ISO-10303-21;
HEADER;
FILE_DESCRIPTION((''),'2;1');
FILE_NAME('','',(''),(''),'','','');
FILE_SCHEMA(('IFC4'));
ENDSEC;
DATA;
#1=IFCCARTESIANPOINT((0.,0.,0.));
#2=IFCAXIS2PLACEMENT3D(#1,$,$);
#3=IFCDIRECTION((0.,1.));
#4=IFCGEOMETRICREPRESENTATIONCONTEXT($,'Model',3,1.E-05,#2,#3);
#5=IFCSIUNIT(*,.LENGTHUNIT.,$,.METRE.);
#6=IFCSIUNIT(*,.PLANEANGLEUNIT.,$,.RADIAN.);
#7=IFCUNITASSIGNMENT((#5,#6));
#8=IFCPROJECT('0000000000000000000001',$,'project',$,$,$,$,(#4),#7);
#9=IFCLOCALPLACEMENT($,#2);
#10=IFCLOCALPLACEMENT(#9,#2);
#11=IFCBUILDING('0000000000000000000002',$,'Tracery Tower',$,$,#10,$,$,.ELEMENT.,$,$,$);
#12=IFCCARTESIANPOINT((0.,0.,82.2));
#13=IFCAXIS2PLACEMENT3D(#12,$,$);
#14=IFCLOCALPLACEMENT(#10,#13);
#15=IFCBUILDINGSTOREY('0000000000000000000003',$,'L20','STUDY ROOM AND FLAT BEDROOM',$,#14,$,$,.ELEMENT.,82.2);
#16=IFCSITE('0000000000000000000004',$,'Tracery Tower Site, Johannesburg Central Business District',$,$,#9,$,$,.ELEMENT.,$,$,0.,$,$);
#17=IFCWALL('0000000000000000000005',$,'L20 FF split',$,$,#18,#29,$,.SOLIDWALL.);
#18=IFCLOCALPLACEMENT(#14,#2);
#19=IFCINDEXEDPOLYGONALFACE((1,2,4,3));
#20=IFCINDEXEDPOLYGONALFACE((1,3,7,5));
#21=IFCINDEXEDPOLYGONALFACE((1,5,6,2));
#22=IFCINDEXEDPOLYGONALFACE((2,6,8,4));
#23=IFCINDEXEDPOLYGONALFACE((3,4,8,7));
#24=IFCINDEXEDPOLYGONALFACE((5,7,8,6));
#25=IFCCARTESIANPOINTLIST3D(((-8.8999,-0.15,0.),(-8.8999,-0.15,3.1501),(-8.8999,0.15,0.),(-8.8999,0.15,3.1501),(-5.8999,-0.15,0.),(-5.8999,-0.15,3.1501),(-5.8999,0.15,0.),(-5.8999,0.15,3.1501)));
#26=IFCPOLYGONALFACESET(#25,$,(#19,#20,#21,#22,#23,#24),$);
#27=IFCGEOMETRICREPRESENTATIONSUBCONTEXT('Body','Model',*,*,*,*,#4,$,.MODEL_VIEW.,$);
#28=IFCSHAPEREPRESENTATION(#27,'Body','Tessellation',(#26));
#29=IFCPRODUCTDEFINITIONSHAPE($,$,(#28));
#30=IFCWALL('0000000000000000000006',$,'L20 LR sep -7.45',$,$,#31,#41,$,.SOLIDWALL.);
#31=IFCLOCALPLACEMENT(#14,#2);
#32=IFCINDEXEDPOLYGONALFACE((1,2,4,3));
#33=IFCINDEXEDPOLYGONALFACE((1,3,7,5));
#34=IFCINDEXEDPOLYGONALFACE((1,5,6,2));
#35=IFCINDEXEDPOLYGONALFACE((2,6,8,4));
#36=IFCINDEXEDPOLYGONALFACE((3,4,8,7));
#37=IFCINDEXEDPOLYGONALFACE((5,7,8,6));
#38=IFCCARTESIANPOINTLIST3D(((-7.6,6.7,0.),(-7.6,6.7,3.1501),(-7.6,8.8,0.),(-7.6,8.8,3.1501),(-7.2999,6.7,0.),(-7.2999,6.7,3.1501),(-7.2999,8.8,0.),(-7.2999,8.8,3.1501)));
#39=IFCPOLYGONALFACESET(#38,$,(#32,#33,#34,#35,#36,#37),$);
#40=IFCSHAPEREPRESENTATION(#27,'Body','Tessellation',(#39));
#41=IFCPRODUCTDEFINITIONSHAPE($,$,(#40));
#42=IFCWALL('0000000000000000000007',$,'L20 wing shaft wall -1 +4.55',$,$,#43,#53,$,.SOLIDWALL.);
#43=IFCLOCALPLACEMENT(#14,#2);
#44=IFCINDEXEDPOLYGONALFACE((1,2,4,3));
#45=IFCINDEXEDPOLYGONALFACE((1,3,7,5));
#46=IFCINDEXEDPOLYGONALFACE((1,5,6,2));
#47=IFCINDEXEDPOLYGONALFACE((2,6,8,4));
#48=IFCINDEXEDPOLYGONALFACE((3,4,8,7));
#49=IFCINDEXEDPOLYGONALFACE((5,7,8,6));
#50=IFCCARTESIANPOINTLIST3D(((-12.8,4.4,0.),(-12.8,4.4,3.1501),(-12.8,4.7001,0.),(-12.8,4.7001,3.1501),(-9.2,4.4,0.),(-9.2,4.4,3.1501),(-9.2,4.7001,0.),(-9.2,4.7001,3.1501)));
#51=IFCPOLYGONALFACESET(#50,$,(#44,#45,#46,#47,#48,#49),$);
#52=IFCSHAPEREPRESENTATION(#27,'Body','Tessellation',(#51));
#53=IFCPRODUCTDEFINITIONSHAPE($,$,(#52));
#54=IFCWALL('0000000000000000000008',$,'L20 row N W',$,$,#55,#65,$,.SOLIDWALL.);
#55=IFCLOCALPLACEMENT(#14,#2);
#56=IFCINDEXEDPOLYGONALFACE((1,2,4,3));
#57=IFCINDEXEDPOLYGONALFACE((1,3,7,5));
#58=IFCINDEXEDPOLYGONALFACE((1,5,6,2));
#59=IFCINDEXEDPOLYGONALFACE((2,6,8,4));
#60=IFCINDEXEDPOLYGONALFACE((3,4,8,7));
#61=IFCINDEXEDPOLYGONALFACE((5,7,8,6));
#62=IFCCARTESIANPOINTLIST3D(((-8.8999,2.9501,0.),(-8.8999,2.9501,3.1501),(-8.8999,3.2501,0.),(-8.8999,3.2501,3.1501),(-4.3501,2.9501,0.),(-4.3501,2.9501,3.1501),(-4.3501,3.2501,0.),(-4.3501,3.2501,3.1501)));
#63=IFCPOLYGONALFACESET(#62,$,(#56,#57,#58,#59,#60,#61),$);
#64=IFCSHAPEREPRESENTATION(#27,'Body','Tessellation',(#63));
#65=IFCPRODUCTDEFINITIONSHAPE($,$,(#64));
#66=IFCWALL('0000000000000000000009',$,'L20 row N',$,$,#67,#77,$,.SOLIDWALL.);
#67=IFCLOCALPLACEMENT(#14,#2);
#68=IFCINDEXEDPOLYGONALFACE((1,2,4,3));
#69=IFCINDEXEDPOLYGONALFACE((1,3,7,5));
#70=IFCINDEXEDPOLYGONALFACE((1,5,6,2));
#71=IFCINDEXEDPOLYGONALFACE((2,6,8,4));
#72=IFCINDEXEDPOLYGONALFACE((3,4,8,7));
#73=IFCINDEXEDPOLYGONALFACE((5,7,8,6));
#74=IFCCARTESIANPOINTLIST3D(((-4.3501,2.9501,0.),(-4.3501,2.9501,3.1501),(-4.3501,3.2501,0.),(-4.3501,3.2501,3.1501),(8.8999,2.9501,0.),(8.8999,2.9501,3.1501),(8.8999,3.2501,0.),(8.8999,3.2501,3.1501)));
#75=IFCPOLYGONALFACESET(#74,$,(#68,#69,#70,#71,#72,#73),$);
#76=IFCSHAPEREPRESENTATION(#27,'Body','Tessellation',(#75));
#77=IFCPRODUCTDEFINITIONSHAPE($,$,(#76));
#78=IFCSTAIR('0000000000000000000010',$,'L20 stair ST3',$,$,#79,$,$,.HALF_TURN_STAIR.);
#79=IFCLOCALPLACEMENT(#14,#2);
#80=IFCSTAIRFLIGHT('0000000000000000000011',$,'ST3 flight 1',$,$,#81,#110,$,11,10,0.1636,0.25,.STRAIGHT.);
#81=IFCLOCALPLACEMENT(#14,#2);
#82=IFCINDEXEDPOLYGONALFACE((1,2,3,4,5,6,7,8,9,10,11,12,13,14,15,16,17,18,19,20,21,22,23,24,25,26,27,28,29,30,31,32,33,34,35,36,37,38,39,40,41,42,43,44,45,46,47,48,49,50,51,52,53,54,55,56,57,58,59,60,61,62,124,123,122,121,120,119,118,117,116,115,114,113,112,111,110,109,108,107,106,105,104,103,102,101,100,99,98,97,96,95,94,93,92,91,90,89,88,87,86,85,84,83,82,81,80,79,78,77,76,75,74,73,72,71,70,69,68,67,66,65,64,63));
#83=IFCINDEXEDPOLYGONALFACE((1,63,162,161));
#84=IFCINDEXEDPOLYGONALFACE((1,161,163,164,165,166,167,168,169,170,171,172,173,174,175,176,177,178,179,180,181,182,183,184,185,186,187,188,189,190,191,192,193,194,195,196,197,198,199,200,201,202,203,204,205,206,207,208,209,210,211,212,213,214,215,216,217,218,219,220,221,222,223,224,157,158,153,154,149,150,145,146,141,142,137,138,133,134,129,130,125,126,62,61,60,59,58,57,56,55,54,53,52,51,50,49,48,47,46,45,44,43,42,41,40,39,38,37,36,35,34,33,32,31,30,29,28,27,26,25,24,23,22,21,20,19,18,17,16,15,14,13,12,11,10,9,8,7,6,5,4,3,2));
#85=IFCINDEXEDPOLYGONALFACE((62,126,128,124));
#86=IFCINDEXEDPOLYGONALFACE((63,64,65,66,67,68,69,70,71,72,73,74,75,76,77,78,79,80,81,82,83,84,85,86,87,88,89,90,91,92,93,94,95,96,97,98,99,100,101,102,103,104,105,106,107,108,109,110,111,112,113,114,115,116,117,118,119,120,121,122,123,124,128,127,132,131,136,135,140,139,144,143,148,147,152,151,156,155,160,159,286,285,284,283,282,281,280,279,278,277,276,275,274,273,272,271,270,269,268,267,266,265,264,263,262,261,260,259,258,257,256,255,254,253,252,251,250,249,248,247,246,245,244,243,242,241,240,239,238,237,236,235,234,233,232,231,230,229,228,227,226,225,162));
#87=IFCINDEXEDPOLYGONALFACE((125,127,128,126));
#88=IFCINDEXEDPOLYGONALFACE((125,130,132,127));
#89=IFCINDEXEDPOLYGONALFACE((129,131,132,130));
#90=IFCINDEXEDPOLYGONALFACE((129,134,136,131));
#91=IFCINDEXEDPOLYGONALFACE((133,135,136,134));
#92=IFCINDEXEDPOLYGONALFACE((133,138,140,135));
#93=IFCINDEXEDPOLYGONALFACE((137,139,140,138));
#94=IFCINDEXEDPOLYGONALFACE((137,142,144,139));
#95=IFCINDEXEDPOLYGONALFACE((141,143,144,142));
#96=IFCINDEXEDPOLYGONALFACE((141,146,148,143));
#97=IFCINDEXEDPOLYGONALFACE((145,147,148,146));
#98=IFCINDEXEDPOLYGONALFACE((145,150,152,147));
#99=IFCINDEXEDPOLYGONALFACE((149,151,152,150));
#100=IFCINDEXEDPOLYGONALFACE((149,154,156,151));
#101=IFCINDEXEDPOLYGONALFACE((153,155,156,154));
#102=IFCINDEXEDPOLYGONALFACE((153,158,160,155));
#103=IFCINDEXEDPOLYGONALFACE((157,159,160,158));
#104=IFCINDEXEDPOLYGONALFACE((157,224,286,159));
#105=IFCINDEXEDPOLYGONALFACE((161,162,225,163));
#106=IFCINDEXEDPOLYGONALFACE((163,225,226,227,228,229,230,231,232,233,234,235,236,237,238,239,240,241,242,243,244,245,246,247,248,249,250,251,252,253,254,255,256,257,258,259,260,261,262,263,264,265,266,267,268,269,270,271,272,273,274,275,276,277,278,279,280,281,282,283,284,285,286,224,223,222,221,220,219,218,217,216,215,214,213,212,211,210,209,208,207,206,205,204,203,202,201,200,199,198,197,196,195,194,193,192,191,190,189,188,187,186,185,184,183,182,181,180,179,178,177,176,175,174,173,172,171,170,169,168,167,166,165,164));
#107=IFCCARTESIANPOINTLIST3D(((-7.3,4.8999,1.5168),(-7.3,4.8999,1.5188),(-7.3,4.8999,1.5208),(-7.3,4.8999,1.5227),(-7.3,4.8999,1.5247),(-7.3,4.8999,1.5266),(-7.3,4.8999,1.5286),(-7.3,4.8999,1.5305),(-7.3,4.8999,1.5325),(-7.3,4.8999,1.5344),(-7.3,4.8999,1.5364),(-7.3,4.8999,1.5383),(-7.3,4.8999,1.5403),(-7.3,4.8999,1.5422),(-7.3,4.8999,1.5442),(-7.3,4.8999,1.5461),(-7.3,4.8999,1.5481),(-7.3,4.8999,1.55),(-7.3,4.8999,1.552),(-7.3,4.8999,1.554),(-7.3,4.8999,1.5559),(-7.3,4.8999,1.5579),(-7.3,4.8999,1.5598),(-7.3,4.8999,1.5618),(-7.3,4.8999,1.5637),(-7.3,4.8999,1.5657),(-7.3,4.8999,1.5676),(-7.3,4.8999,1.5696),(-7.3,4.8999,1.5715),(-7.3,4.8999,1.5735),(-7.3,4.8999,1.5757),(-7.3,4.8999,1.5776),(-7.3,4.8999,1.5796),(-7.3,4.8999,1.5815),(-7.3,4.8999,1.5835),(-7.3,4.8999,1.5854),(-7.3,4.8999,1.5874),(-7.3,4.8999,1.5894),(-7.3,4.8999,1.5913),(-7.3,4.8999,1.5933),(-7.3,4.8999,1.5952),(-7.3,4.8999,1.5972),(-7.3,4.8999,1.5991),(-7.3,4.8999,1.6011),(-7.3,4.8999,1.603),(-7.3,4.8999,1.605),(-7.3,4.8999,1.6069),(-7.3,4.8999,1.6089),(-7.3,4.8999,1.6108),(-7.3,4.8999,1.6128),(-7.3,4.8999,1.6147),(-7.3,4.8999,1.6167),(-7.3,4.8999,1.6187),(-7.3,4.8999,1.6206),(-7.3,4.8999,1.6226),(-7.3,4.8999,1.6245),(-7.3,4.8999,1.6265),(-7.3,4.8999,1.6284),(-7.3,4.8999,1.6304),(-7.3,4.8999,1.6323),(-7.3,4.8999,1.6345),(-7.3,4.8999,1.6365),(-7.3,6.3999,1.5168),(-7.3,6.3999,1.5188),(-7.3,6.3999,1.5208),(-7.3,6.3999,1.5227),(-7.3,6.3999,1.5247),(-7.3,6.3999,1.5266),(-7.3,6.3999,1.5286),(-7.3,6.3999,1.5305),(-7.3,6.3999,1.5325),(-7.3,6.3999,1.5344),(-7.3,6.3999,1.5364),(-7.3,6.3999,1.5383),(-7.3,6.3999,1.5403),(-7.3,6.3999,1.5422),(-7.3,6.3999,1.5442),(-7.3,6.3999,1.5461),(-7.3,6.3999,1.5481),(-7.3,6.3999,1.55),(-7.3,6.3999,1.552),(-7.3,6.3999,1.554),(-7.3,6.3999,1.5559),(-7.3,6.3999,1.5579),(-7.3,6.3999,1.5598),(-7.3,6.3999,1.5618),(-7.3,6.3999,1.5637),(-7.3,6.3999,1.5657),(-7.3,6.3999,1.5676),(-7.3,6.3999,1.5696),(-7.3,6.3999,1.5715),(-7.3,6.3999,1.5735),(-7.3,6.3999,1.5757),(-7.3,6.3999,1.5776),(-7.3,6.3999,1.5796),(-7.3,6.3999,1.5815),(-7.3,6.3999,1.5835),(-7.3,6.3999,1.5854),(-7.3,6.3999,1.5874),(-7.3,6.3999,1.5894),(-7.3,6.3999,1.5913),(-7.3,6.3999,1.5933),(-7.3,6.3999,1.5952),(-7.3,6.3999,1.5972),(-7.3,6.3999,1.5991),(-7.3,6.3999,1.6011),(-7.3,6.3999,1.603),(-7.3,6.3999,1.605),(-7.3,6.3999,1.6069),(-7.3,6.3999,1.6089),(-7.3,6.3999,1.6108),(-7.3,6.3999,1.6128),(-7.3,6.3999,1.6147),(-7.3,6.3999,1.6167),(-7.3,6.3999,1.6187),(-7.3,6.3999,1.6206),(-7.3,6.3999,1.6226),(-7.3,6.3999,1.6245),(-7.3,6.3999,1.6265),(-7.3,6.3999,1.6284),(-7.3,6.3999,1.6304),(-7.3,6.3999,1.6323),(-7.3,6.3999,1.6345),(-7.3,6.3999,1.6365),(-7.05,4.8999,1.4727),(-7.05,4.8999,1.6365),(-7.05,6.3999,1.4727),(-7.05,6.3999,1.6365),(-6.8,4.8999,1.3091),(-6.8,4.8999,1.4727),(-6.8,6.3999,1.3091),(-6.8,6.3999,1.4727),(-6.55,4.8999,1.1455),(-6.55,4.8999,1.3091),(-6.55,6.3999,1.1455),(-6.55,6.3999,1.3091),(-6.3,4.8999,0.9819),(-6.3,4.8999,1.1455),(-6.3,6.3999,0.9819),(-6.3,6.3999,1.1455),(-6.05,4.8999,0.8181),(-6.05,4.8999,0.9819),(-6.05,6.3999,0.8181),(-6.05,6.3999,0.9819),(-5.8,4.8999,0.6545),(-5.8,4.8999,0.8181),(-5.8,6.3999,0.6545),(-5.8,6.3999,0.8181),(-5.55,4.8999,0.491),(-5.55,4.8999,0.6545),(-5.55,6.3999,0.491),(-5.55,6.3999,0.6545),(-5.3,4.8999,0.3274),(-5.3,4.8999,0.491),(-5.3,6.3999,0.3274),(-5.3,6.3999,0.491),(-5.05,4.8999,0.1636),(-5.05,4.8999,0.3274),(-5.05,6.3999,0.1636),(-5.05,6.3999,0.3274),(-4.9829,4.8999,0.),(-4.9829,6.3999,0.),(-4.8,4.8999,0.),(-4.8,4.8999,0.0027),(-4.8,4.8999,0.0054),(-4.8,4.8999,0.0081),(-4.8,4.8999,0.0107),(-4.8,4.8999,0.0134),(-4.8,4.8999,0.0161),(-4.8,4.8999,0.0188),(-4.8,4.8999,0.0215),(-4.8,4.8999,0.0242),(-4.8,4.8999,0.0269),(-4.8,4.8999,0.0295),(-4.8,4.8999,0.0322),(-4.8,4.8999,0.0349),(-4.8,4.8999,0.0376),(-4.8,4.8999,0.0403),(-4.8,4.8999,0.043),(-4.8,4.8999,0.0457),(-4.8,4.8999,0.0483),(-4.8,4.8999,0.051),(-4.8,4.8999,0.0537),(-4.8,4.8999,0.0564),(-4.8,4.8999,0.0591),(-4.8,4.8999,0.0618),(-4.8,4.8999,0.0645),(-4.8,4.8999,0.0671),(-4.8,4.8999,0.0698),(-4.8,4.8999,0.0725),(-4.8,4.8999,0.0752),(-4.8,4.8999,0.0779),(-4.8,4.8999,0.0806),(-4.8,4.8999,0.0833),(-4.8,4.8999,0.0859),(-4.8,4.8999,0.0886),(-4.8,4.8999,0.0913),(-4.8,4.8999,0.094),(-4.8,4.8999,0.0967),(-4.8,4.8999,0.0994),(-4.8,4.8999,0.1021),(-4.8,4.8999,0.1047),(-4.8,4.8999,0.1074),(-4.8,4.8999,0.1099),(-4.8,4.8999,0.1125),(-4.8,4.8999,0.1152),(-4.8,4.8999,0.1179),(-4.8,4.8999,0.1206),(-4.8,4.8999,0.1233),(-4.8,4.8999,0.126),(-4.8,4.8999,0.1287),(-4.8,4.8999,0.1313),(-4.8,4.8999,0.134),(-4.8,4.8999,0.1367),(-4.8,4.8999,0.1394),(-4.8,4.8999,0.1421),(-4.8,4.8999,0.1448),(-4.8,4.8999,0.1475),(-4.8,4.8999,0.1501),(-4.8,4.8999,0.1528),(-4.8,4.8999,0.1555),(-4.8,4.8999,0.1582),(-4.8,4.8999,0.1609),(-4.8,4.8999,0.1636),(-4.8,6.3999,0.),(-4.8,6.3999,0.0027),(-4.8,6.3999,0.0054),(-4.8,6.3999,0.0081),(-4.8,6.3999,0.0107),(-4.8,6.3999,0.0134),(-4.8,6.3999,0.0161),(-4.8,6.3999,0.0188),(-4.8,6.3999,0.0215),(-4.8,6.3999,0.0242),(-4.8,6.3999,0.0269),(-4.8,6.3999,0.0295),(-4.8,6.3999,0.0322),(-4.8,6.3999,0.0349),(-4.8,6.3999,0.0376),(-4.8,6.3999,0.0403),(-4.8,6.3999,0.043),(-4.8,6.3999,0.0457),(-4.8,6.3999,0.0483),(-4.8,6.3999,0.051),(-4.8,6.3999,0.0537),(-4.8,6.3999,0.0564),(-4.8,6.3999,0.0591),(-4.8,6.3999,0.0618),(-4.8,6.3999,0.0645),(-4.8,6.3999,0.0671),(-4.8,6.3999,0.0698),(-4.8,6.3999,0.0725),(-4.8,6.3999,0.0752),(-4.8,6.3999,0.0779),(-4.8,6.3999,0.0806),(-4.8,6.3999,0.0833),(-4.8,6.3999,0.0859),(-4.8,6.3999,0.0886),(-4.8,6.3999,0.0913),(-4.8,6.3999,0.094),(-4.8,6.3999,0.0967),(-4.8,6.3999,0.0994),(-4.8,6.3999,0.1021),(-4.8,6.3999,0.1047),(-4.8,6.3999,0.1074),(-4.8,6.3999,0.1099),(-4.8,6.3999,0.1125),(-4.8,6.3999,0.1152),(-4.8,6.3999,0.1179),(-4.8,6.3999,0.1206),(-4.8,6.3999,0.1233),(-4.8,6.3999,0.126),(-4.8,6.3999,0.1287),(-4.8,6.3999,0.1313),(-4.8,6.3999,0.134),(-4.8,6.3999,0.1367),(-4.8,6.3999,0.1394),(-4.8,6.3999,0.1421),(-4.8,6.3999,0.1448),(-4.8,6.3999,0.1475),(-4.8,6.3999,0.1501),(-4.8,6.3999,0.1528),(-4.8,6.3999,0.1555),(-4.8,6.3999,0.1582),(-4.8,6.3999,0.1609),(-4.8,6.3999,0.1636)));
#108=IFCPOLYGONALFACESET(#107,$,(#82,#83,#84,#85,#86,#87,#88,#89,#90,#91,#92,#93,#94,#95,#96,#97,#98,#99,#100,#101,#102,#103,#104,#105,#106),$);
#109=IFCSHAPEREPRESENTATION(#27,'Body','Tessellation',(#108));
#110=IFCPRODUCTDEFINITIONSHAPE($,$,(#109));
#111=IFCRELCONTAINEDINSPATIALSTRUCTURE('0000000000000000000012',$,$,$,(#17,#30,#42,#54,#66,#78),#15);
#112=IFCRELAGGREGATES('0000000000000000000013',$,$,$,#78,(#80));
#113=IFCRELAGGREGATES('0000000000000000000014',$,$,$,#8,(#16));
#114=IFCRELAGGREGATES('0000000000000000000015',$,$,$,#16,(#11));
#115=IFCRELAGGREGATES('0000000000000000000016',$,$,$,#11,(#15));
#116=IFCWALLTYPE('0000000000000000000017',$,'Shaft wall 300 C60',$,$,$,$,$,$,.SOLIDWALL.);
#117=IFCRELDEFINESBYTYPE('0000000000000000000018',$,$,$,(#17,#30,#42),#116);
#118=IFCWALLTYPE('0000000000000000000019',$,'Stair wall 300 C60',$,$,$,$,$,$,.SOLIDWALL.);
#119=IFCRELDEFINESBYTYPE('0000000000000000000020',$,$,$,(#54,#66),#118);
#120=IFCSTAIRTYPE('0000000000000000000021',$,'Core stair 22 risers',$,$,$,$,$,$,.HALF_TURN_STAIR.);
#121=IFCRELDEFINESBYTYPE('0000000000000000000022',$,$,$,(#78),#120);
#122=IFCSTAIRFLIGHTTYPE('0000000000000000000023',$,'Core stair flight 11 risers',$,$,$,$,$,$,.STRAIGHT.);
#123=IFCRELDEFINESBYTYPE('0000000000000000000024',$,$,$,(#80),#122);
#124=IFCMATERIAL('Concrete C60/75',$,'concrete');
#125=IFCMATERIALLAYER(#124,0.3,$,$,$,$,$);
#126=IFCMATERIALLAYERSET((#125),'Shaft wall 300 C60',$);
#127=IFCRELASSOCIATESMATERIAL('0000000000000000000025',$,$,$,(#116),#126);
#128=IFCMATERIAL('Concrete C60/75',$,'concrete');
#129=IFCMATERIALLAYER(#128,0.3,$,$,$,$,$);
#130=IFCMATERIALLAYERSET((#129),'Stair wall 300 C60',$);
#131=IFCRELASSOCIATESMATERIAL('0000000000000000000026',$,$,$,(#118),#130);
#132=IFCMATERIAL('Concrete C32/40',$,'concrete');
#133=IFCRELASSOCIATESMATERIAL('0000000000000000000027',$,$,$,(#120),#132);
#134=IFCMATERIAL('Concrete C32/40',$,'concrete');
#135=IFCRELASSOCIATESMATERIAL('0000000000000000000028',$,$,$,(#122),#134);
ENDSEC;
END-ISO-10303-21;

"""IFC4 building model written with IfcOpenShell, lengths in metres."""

from ifc_helpers import new_model, si_unit, direction, frame, frame_2d, origin, place, context, subcontext, project, spatial, polyline, rectangle, outline, extrude, material, layer, layer_set, type_object, element, aggregate, save


model = new_model("IFC4")

# Units and contexts
model_context = context("Model", 3, precision=1e-05, world=origin(), true_north=direction((0.0, 1.0)))
body_context = subcontext(model_context, "Body", "Model", "MODEL_VIEW")
ifc_project = project(units=[si_unit("LENGTHUNIT", "METRE"), si_unit("PLANEANGLEUNIT", "RADIAN")], contexts=[model_context])

# Site, building, storey
site_placement = place(None, origin())
site = spatial("IfcSite", under=ifc_project, at=site_placement, Name="Tracery Tower Site, Johannesburg Central Business District", CompositionType="ELEMENT", RefElevation=0.0)
building_placement = place(site_placement, origin())
building = spatial("IfcBuilding", under=site, at=building_placement, Name="Tracery Tower", CompositionType="ELEMENT")
storey_placement = place(building_placement, frame((0.0, 0.0, 82.2)))
storey = spatial("IfcBuildingStorey", under=building, at=storey_placement, Name="L20", Description="STUDY ROOM AND FLAT BEDROOM", CompositionType="ELEMENT", Elevation=82.2)

# Walls
ifc_material_1 = material(Name="Concrete C60/75", Category="concrete")
ifc_layer_1 = layer(ifc_material_1, 0.3)
ifc_layer_set_1 = layer_set([ifc_layer_1], Name="Shaft wall 300 C60")
wall_type_1 = type_object("IfcWallType", Name="Shaft wall 300 C60", PredefinedType="SOLIDWALL", material=ifc_layer_set_1)
wall_1_placement = place(storey_placement, frame((-8.8999, 0.0, 0.0), z_axis=(0.0, 0.0, 1.0), x_axis=(1.0, 0.0, 0.0)))
element("IfcWall", 1, at=wall_1_placement, inside=storey, type_object=wall_type_1, Name="L20 FF split", PredefinedType="SOLIDWALL", context=body_context, shape_type="SweptSolid", body=[
    extrude(rectangle(XDim=3.0, YDim=0.3, at=frame_2d((1.5, 0.0))), origin(), (0.0, 0.0, 1.0), 3.1501),
])
wall_2_placement = place(storey_placement, frame((-7.45, 6.7, 0.0), z_axis=(0.0, 0.0, 1.0), x_axis=(0.0, 1.0, 0.0)))
element("IfcWall", 2, at=wall_2_placement, inside=storey, type_object=wall_type_1, Name="L20 LR sep -7.45", PredefinedType="SOLIDWALL", context=body_context, shape_type="SweptSolid", body=[
    extrude(rectangle(XDim=2.1001, YDim=0.3, at=frame_2d((1.05, 0.0))), origin(), (0.0, 0.0, 1.0), 3.1501),
])

# Wall
wall_3_placement = place(storey_placement, frame((-12.8, 4.55, 0.0), z_axis=(0.0, 0.0, 1.0), x_axis=(1.0, 0.0, 0.0)))
element("IfcWall", 3, at=wall_3_placement, inside=storey, type_object=wall_type_1, Name="L20 wing shaft wall -1 +4.55", PredefinedType="SOLIDWALL", context=body_context, shape_type="SweptSolid", body=[
    extrude(rectangle(XDim=3.6001, YDim=0.3, at=frame_2d((1.8, 0.0))), origin(), (0.0, 0.0, 1.0), 3.1501),
])

# Walls
ifc_material_2 = material(Name="Concrete C60/75", Category="concrete")
ifc_layer_2 = layer(ifc_material_2, 0.3)
ifc_layer_set_2 = layer_set([ifc_layer_2], Name="Stair wall 300 C60")
wall_type_2 = type_object("IfcWallType", Name="Stair wall 300 C60", PredefinedType="SOLIDWALL", material=ifc_layer_set_2)
wall_4_placement = place(storey_placement, frame((-8.8999, 3.1001, 0.0), z_axis=(0.0, 0.0, 1.0), x_axis=(1.0, 0.0, 0.0)))
element("IfcWall", 4, at=wall_4_placement, inside=storey, type_object=wall_type_2, Name="L20 row N W", PredefinedType="SOLIDWALL", context=body_context, shape_type="SweptSolid", body=[
    extrude(rectangle(XDim=4.5498, YDim=0.3, at=frame_2d((2.2749, 0.0))), origin(), (0.0, 0.0, 1.0), 3.1501),
])
wall_5_placement = place(storey_placement, frame((-4.3501, 3.1001, 0.0), z_axis=(0.0, 0.0, 1.0), x_axis=(1.0, 0.0, 0.0)))
element("IfcWall", 5, at=wall_5_placement, inside=storey, type_object=wall_type_2, Name="L20 row N", PredefinedType="SOLIDWALL", context=body_context, shape_type="SweptSolid", body=[
    extrude(rectangle(XDim=13.25, YDim=0.3, at=frame_2d((6.625, 0.0))), origin(), (0.0, 0.0, 1.0), 3.1501),
])

# Stair, stair flight
ifc_material_3 = material(Name="Concrete C32/40", Category="concrete")
stair_type = type_object("IfcStairType", Name="Core stair 22 risers", PredefinedType="HALF_TURN_STAIR", material=ifc_material_3)
stair_placement = place(storey_placement, origin())
stair = element("IfcStair", 6, at=stair_placement, inside=storey, type_object=stair_type, Name="L20 stair ST3", PredefinedType="HALF_TURN_STAIR")
ifc_material_4 = material(Name="Concrete C32/40", Category="concrete")
stair_flight_type = type_object("IfcStairFlightType", Name="Core stair flight 11 risers", PredefinedType="STRAIGHT", material=ifc_material_4)
stair_flight_1_placement = place(storey_placement, frame((-4.8, 5.6499, 0.0), z_axis=(0.0, 0.0, 1.0), x_axis=(-1.0, 0.0, 0.0)))
stair_flight_1 = element("IfcStairFlight", 7, at=stair_flight_1_placement, type_object=stair_flight_type, Name="ST3 flight 1", NumberOfRisers=11, NumberOfTreads=10, PredefinedType="STRAIGHT", RiserHeight=0.1636, TreadLength=0.25, context=body_context, shape_type="SweptSolid", body=[
    extrude(outline(polyline([(0.0, 0.0), (0.0, 0.0027), (0.0, 0.0054), (0.0, 0.0081), (0.0, 0.0107), (0.0, 0.0134), (0.0, 0.0161), (0.0, 0.0188), (0.0, 0.0215), (0.0, 0.0242), (0.0, 0.0269), (0.0, 0.0295), (0.0, 0.0322), (0.0, 0.0349), (0.0, 0.0376), (0.0, 0.0403), (0.0, 0.043), (0.0, 0.0457), (0.0, 0.0483), (0.0, 0.051), (0.0, 0.0537), (0.0, 0.0564), (0.0, 0.0591), (0.0, 0.0618), (0.0, 0.0645), (0.0, 0.0671), (0.0, 0.0698), (0.0, 0.0725), (0.0, 0.0752), (0.0, 0.0779), (0.0, 0.0806), (0.0, 0.0833), (0.0, 0.0859), (0.0, 0.0886), (0.0, 0.0913), (0.0, 0.094), (0.0, 0.0967), (0.0, 0.0994), (0.0, 0.1021), (0.0, 0.1047), (0.0, 0.1074), (0.0, 0.1099), (0.0, 0.1125), (0.0, 0.1152), (0.0, 0.1179), (0.0, 0.1206), (0.0, 0.1233), (0.0, 0.126), (0.0, 0.1287), (0.0, 0.1313), (0.0, 0.134), (0.0, 0.1367), (0.0, 0.1394), (0.0, 0.1421), (0.0, 0.1448), (0.0, 0.1475), (0.0, 0.1501), (0.0, 0.1528), (0.0, 0.1555), (0.0, 0.1582), (0.0, 0.1609), (0.0, 0.1636), (0.25, 0.1636), (0.25, 0.3274), (0.5, 0.3274), (0.5, 0.491), (0.75, 0.491), (0.75, 0.6545), (1.0, 0.6545), (1.0, 0.8181), (1.25, 0.8181), (1.25, 0.9819), (1.5, 0.9819), (1.5, 1.1455), (1.75, 1.1455), (1.75, 1.3091), (2.0, 1.3091), (2.0, 1.4727), (2.25, 1.4727), (2.25, 1.6365), (2.5, 1.6365), (2.5, 1.6345), (2.5, 1.6323), (2.5, 1.6304), (2.5, 1.6284), (2.5, 1.6265), (2.5, 1.6245), (2.5, 1.6226), (2.5, 1.6206), (2.5, 1.6187), (2.5, 1.6167), (2.5, 1.6147), (2.5, 1.6128), (2.5, 1.6108), (2.5, 1.6089), (2.5, 1.6069), (2.5, 1.605), (2.5, 1.603), (2.5, 1.6011), (2.5, 1.5991), (2.5, 1.5972), (2.5, 1.5952), (2.5, 1.5933), (2.5, 1.5913), (2.5, 1.5894), (2.5, 1.5874), (2.5, 1.5854), (2.5, 1.5835), (2.5, 1.5815), (2.5, 1.5796), (2.5, 1.5776), (2.5, 1.5757), (2.5, 1.5735), (2.5, 1.5715), (2.5, 1.5696), (2.5, 1.5676), (2.5, 1.5657), (2.5, 1.5637), (2.5, 1.5618), (2.5, 1.5598), (2.5, 1.5579), (2.5, 1.5559), (2.5, 1.554), (2.5, 1.552), (2.5, 1.55), (2.5, 1.5481), (2.5, 1.5461), (2.5, 1.5442), (2.5, 1.5422), (2.5, 1.5403), (2.5, 1.5383), (2.5, 1.5364), (2.5, 1.5344), (2.5, 1.5325), (2.5, 1.5305), (2.5, 1.5286), (2.5, 1.5266), (2.5, 1.5247), (2.5, 1.5227), (2.5, 1.5208), (2.5, 1.5188), (2.5, 1.5168), (0.1829, 0.0), (0.0, 0.0)])), frame((0.0, 0.75, 0.0), z_axis=(0.0, -1.0, 0.0), x_axis=(1.0, 0.0, 0.0)), (0.0, 0.0, 1.0), 1.5),
])
aggregate(stair, [stair_flight_1])

save(model, "model.ifc")
